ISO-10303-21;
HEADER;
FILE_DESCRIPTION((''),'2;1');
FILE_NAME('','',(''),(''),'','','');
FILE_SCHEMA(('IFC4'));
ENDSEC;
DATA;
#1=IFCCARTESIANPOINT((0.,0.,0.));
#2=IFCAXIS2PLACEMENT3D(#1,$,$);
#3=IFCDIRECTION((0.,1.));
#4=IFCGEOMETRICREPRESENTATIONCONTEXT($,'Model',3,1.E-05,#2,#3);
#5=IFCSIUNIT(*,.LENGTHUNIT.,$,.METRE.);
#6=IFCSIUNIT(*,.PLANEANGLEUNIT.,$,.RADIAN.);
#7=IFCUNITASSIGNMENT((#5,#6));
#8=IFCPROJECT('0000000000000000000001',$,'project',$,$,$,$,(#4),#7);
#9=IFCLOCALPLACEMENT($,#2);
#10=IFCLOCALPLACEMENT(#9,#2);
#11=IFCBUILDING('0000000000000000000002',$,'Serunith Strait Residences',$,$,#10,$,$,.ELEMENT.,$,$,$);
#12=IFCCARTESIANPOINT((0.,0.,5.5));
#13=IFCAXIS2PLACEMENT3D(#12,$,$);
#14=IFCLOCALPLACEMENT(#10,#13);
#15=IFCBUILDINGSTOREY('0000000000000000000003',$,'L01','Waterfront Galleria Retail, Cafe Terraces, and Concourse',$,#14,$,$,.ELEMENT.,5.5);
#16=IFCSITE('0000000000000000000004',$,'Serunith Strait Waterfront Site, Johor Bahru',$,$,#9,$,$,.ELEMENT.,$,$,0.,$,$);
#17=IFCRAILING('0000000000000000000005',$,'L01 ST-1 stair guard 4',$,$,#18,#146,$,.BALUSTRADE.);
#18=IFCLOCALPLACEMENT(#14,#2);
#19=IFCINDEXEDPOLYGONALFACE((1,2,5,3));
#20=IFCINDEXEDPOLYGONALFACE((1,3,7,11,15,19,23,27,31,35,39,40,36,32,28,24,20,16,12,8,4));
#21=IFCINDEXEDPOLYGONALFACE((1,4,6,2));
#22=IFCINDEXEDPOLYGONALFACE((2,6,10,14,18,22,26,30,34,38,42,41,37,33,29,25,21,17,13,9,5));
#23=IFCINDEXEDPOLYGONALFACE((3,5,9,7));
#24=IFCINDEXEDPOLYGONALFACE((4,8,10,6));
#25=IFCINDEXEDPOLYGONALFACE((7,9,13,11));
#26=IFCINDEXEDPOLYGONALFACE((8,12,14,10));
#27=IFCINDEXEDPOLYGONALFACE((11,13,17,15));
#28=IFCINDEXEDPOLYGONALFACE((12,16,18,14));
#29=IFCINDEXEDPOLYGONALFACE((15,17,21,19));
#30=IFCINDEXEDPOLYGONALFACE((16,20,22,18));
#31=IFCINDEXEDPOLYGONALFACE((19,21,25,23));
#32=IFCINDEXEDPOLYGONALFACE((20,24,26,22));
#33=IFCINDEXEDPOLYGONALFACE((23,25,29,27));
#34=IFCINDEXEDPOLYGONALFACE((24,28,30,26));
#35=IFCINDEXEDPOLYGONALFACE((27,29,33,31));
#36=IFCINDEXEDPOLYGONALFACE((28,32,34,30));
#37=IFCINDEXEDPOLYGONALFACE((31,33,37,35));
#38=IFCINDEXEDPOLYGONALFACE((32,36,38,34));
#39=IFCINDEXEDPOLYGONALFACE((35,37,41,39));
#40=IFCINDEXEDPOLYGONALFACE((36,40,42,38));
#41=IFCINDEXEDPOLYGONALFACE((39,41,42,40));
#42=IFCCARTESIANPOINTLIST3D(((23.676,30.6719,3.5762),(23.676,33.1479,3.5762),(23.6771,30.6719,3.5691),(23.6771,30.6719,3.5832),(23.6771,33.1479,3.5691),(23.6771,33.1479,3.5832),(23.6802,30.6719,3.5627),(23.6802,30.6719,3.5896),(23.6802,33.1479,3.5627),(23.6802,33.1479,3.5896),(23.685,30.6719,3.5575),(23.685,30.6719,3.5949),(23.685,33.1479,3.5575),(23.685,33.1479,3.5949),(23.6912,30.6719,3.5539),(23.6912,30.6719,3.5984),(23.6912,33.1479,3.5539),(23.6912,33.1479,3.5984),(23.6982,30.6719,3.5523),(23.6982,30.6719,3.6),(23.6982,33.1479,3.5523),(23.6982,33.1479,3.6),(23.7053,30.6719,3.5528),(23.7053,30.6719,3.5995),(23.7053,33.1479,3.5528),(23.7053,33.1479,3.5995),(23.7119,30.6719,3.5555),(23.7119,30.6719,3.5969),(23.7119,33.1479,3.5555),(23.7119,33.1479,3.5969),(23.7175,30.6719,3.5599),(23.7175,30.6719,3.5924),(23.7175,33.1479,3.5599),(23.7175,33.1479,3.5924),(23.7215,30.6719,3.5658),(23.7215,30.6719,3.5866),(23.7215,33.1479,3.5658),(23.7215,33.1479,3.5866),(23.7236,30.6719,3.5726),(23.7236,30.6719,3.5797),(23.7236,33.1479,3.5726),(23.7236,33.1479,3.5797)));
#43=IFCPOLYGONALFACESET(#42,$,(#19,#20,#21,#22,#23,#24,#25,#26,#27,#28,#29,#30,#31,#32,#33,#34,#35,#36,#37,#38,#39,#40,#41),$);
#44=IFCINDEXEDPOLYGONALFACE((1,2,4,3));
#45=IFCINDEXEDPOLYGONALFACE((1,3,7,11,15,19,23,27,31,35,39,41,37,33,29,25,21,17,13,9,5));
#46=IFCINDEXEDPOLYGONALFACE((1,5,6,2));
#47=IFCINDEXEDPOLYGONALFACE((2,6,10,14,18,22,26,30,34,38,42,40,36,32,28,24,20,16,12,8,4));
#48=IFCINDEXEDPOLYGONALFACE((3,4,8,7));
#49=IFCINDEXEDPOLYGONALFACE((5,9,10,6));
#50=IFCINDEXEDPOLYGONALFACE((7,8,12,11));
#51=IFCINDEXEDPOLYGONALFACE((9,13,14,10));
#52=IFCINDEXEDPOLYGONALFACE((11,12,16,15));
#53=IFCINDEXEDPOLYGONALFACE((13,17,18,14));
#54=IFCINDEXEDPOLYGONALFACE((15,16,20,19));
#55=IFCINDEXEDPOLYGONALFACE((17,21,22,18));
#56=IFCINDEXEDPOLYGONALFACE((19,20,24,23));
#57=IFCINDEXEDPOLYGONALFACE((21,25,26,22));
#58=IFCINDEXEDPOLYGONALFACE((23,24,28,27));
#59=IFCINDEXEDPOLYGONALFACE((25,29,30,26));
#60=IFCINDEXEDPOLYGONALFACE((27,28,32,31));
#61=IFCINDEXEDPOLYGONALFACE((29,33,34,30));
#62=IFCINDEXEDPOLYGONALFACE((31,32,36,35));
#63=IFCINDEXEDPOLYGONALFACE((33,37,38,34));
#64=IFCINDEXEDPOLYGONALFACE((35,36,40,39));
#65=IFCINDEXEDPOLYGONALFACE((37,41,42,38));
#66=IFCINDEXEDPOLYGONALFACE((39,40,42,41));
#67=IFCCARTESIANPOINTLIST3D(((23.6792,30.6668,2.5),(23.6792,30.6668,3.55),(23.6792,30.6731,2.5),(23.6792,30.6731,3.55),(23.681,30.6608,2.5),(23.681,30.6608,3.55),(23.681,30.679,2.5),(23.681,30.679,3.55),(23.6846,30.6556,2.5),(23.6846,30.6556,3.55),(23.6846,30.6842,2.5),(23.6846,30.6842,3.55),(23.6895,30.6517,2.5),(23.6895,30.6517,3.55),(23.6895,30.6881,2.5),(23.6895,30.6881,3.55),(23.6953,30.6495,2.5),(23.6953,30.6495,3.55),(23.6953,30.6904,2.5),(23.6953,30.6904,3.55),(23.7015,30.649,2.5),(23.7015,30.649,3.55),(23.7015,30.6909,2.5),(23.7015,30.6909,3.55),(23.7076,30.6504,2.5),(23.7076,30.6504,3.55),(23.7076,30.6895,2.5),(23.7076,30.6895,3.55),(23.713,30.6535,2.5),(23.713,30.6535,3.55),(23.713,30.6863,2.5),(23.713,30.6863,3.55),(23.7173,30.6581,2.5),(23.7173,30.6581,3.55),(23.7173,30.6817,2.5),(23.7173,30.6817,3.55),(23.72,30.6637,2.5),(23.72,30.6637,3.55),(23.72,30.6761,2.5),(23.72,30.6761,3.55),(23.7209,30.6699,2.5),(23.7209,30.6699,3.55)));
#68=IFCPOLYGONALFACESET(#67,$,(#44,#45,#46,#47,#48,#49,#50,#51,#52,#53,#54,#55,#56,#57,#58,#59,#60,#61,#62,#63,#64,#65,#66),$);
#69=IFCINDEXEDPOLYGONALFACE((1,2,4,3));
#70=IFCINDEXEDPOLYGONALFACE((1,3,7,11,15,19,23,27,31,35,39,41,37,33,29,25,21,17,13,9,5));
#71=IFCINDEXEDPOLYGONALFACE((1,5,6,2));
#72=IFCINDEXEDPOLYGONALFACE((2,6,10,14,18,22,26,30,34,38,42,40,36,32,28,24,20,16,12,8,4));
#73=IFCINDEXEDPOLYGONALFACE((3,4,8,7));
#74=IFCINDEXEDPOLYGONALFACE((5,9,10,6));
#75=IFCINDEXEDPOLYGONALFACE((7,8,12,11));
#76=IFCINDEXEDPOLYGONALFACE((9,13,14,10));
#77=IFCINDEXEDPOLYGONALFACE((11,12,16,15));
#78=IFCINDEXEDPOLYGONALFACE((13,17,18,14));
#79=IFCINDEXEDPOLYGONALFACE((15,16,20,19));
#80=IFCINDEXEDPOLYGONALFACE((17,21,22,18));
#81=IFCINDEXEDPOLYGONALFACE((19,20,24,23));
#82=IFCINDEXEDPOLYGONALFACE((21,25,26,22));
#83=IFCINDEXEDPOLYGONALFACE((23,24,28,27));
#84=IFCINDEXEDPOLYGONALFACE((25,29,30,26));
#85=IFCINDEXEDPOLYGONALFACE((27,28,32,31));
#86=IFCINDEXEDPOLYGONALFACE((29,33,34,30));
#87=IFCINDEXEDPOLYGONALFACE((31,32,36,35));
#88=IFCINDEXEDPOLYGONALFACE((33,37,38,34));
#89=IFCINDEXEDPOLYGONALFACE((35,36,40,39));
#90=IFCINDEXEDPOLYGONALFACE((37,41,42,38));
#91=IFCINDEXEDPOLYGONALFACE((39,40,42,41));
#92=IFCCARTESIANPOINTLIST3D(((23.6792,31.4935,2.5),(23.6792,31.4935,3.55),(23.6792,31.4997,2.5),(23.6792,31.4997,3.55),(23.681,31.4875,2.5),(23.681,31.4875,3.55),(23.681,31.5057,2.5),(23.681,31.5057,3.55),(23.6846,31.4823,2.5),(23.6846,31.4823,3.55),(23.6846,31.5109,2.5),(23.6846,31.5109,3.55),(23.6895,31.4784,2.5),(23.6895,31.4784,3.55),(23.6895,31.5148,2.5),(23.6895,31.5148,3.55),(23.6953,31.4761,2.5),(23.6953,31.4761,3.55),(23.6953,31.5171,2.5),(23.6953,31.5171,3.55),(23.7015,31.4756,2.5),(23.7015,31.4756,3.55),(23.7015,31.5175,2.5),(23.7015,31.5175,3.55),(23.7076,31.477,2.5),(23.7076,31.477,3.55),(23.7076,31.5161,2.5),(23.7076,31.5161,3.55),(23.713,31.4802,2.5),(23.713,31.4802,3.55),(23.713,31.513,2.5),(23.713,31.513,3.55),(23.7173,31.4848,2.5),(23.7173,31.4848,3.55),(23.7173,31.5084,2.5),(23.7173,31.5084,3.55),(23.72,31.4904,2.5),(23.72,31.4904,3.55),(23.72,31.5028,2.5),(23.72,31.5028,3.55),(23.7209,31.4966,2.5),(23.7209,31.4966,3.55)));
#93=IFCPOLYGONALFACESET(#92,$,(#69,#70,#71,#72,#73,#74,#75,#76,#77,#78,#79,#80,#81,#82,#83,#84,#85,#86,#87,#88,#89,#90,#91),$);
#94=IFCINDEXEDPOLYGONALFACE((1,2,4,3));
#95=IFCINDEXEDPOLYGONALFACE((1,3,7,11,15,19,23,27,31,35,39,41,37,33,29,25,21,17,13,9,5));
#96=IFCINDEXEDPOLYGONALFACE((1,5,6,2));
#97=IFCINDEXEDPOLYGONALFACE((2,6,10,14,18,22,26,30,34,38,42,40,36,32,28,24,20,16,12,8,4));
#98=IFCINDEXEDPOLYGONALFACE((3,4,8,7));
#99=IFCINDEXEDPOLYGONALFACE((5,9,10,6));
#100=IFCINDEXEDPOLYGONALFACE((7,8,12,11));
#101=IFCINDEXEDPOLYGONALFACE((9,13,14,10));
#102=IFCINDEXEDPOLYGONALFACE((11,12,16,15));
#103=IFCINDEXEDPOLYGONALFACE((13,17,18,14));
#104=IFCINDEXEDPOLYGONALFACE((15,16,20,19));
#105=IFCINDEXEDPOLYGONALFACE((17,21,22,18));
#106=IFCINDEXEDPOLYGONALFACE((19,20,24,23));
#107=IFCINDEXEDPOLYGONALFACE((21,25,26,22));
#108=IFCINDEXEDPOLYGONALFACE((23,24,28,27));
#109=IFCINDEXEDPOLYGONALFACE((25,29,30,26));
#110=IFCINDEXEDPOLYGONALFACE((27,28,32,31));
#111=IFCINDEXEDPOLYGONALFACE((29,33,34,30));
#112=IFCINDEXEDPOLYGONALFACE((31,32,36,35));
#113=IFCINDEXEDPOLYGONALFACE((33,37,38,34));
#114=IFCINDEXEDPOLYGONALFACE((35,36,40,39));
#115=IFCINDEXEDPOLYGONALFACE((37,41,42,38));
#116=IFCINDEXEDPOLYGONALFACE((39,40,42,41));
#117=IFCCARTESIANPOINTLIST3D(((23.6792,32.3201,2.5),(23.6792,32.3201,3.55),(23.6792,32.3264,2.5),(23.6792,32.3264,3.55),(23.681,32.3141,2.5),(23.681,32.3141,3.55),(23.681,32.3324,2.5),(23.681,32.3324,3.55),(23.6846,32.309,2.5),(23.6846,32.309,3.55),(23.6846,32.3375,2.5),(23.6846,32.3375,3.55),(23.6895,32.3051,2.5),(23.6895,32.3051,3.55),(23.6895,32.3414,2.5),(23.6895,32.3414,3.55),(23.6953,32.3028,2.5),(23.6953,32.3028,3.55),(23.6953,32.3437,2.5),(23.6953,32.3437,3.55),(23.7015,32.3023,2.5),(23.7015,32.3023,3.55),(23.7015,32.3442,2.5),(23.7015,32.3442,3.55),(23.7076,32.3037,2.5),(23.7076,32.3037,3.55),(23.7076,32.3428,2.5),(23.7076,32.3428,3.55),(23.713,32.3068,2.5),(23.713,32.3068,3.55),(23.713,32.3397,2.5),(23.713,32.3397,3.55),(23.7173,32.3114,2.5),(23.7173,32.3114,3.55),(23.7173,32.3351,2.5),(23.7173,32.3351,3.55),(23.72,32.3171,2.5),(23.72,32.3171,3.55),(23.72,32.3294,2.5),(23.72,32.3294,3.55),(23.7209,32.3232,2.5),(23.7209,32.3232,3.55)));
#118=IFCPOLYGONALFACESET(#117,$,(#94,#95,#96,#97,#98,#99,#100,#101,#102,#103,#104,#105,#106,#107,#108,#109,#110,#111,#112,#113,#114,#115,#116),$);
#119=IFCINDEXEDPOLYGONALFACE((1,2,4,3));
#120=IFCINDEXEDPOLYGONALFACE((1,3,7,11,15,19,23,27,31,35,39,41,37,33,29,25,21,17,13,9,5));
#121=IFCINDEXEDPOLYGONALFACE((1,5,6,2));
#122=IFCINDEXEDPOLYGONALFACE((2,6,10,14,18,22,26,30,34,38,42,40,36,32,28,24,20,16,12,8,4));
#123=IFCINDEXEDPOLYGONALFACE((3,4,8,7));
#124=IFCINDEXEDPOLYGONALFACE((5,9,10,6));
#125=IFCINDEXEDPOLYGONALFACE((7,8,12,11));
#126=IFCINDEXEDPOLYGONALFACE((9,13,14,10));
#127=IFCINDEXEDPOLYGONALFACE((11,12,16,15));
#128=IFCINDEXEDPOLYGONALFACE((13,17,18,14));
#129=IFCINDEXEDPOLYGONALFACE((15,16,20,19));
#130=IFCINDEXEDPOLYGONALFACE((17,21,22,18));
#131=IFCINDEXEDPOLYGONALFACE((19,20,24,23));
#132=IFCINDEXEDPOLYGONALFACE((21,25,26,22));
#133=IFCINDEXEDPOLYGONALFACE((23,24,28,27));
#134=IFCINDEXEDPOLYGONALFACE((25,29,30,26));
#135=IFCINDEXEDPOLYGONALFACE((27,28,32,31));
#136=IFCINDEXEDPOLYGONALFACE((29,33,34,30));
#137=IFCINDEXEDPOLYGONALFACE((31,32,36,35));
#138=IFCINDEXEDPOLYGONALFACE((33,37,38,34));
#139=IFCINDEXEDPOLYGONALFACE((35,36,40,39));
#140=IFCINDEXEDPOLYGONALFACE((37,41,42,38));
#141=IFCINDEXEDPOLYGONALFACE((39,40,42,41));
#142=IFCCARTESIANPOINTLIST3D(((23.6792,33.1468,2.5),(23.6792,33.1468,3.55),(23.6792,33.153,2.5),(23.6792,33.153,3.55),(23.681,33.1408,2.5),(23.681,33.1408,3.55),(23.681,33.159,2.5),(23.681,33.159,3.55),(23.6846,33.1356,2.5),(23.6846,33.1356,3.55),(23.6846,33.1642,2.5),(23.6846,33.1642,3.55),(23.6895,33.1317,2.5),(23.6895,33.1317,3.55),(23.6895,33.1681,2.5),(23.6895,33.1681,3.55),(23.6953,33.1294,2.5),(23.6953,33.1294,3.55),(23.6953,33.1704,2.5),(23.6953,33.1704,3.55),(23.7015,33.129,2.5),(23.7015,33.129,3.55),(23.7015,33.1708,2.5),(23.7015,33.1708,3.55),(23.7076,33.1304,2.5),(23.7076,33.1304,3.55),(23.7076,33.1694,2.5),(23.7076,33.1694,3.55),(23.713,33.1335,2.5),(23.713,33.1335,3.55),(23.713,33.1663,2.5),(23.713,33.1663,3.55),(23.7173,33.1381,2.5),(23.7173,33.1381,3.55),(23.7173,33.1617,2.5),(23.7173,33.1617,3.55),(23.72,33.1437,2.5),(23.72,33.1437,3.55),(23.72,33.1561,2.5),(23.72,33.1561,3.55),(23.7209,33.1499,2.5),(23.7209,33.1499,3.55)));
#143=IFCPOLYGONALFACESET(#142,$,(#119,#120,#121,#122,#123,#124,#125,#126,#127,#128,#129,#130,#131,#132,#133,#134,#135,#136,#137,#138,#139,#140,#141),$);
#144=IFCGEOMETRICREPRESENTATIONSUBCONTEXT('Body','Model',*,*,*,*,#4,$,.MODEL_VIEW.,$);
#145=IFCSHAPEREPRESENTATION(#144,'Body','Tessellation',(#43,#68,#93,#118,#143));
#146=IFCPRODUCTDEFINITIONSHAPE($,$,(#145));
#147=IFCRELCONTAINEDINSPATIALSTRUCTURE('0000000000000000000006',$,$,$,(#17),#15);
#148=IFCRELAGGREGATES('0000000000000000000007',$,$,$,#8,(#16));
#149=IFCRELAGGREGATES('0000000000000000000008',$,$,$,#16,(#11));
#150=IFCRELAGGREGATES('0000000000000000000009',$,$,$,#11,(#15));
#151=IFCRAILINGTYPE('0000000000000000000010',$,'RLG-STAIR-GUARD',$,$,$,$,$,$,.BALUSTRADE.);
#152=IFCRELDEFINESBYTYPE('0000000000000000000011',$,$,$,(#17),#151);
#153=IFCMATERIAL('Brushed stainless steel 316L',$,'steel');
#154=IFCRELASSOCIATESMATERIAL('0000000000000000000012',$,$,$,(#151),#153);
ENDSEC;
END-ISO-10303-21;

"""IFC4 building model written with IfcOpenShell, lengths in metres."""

from ifc_helpers import new_model, si_unit, direction, frame, origin, origin_2d, place, context, subcontext, project, spatial, circle, extrude, material, type_object, element, save


model = new_model("IFC4")

# Units and contexts
model_context = context("Model", 3, precision=1e-05, world=origin(), true_north=direction((0.0, 1.0)))
body_context = subcontext(model_context, "Body", "Model", "MODEL_VIEW")
ifc_project = project(units=[si_unit("LENGTHUNIT", "METRE"), si_unit("PLANEANGLEUNIT", "RADIAN")], contexts=[model_context])

# Site, building, storey
site_placement = place(None, origin())
site = spatial("IfcSite", under=ifc_project, at=site_placement, Name="Serunith Strait Waterfront Site, Johor Bahru", CompositionType="ELEMENT", RefElevation=0.0)
building_placement = place(site_placement, origin())
building = spatial("IfcBuilding", under=site, at=building_placement, Name="Serunith Strait Residences", CompositionType="ELEMENT")
storey_placement = place(building_placement, frame((0.0, 0.0, 5.5)))
storey = spatial("IfcBuildingStorey", under=building, at=storey_placement, Name="L01", Description="Waterfront Galleria Retail, Cafe Terraces, and Concourse", CompositionType="ELEMENT", Elevation=5.5)

# Railing
ifc_material_1 = material(Name="Brushed stainless steel 316L", Category="steel")
railing_type_1 = type_object("IfcRailingType", Name="RLG-STAIR-GUARD", PredefinedType="BALUSTRADE", material=ifc_material_1)
for number, where, name in (
    (1, (23.7, 30.6699, 2.5), "L01 ST-1 stair guard 4"),
):
    element("IfcRailing", number, at=place(storey_placement, frame(where)), inside=storey, type_object=railing_type_1, Name=name, PredefinedType="BALUSTRADE", context=body_context, shape_type="SweptSolid", body=[
        extrude(circle(Radius=0.0239, at=origin_2d()), frame((0.0, 0.002, 1.0762), z_axis=(0.0, 1.0, 0.0), x_axis=(-1.0, 0.0, 0.0)), (0.0, 0.0, 1.0), 2.4761),
        extrude(circle(Radius=0.021, at=origin_2d()), origin(), (0.0, 0.0, 1.0), 1.05),
        extrude(circle(Radius=0.021, at=origin_2d()), frame((0.0, 0.8267, 0.0)), (0.0, 0.0, 1.0), 1.05),
        extrude(circle(Radius=0.021, at=origin_2d()), frame((0.0, 1.6533, 0.0)), (0.0, 0.0, 1.0), 1.05),
        extrude(circle(Radius=0.021, at=origin_2d()), frame((0.0, 2.48, 0.0)), (0.0, 0.0, 1.0), 1.05),
    ])

save(model, "model.ifc")
